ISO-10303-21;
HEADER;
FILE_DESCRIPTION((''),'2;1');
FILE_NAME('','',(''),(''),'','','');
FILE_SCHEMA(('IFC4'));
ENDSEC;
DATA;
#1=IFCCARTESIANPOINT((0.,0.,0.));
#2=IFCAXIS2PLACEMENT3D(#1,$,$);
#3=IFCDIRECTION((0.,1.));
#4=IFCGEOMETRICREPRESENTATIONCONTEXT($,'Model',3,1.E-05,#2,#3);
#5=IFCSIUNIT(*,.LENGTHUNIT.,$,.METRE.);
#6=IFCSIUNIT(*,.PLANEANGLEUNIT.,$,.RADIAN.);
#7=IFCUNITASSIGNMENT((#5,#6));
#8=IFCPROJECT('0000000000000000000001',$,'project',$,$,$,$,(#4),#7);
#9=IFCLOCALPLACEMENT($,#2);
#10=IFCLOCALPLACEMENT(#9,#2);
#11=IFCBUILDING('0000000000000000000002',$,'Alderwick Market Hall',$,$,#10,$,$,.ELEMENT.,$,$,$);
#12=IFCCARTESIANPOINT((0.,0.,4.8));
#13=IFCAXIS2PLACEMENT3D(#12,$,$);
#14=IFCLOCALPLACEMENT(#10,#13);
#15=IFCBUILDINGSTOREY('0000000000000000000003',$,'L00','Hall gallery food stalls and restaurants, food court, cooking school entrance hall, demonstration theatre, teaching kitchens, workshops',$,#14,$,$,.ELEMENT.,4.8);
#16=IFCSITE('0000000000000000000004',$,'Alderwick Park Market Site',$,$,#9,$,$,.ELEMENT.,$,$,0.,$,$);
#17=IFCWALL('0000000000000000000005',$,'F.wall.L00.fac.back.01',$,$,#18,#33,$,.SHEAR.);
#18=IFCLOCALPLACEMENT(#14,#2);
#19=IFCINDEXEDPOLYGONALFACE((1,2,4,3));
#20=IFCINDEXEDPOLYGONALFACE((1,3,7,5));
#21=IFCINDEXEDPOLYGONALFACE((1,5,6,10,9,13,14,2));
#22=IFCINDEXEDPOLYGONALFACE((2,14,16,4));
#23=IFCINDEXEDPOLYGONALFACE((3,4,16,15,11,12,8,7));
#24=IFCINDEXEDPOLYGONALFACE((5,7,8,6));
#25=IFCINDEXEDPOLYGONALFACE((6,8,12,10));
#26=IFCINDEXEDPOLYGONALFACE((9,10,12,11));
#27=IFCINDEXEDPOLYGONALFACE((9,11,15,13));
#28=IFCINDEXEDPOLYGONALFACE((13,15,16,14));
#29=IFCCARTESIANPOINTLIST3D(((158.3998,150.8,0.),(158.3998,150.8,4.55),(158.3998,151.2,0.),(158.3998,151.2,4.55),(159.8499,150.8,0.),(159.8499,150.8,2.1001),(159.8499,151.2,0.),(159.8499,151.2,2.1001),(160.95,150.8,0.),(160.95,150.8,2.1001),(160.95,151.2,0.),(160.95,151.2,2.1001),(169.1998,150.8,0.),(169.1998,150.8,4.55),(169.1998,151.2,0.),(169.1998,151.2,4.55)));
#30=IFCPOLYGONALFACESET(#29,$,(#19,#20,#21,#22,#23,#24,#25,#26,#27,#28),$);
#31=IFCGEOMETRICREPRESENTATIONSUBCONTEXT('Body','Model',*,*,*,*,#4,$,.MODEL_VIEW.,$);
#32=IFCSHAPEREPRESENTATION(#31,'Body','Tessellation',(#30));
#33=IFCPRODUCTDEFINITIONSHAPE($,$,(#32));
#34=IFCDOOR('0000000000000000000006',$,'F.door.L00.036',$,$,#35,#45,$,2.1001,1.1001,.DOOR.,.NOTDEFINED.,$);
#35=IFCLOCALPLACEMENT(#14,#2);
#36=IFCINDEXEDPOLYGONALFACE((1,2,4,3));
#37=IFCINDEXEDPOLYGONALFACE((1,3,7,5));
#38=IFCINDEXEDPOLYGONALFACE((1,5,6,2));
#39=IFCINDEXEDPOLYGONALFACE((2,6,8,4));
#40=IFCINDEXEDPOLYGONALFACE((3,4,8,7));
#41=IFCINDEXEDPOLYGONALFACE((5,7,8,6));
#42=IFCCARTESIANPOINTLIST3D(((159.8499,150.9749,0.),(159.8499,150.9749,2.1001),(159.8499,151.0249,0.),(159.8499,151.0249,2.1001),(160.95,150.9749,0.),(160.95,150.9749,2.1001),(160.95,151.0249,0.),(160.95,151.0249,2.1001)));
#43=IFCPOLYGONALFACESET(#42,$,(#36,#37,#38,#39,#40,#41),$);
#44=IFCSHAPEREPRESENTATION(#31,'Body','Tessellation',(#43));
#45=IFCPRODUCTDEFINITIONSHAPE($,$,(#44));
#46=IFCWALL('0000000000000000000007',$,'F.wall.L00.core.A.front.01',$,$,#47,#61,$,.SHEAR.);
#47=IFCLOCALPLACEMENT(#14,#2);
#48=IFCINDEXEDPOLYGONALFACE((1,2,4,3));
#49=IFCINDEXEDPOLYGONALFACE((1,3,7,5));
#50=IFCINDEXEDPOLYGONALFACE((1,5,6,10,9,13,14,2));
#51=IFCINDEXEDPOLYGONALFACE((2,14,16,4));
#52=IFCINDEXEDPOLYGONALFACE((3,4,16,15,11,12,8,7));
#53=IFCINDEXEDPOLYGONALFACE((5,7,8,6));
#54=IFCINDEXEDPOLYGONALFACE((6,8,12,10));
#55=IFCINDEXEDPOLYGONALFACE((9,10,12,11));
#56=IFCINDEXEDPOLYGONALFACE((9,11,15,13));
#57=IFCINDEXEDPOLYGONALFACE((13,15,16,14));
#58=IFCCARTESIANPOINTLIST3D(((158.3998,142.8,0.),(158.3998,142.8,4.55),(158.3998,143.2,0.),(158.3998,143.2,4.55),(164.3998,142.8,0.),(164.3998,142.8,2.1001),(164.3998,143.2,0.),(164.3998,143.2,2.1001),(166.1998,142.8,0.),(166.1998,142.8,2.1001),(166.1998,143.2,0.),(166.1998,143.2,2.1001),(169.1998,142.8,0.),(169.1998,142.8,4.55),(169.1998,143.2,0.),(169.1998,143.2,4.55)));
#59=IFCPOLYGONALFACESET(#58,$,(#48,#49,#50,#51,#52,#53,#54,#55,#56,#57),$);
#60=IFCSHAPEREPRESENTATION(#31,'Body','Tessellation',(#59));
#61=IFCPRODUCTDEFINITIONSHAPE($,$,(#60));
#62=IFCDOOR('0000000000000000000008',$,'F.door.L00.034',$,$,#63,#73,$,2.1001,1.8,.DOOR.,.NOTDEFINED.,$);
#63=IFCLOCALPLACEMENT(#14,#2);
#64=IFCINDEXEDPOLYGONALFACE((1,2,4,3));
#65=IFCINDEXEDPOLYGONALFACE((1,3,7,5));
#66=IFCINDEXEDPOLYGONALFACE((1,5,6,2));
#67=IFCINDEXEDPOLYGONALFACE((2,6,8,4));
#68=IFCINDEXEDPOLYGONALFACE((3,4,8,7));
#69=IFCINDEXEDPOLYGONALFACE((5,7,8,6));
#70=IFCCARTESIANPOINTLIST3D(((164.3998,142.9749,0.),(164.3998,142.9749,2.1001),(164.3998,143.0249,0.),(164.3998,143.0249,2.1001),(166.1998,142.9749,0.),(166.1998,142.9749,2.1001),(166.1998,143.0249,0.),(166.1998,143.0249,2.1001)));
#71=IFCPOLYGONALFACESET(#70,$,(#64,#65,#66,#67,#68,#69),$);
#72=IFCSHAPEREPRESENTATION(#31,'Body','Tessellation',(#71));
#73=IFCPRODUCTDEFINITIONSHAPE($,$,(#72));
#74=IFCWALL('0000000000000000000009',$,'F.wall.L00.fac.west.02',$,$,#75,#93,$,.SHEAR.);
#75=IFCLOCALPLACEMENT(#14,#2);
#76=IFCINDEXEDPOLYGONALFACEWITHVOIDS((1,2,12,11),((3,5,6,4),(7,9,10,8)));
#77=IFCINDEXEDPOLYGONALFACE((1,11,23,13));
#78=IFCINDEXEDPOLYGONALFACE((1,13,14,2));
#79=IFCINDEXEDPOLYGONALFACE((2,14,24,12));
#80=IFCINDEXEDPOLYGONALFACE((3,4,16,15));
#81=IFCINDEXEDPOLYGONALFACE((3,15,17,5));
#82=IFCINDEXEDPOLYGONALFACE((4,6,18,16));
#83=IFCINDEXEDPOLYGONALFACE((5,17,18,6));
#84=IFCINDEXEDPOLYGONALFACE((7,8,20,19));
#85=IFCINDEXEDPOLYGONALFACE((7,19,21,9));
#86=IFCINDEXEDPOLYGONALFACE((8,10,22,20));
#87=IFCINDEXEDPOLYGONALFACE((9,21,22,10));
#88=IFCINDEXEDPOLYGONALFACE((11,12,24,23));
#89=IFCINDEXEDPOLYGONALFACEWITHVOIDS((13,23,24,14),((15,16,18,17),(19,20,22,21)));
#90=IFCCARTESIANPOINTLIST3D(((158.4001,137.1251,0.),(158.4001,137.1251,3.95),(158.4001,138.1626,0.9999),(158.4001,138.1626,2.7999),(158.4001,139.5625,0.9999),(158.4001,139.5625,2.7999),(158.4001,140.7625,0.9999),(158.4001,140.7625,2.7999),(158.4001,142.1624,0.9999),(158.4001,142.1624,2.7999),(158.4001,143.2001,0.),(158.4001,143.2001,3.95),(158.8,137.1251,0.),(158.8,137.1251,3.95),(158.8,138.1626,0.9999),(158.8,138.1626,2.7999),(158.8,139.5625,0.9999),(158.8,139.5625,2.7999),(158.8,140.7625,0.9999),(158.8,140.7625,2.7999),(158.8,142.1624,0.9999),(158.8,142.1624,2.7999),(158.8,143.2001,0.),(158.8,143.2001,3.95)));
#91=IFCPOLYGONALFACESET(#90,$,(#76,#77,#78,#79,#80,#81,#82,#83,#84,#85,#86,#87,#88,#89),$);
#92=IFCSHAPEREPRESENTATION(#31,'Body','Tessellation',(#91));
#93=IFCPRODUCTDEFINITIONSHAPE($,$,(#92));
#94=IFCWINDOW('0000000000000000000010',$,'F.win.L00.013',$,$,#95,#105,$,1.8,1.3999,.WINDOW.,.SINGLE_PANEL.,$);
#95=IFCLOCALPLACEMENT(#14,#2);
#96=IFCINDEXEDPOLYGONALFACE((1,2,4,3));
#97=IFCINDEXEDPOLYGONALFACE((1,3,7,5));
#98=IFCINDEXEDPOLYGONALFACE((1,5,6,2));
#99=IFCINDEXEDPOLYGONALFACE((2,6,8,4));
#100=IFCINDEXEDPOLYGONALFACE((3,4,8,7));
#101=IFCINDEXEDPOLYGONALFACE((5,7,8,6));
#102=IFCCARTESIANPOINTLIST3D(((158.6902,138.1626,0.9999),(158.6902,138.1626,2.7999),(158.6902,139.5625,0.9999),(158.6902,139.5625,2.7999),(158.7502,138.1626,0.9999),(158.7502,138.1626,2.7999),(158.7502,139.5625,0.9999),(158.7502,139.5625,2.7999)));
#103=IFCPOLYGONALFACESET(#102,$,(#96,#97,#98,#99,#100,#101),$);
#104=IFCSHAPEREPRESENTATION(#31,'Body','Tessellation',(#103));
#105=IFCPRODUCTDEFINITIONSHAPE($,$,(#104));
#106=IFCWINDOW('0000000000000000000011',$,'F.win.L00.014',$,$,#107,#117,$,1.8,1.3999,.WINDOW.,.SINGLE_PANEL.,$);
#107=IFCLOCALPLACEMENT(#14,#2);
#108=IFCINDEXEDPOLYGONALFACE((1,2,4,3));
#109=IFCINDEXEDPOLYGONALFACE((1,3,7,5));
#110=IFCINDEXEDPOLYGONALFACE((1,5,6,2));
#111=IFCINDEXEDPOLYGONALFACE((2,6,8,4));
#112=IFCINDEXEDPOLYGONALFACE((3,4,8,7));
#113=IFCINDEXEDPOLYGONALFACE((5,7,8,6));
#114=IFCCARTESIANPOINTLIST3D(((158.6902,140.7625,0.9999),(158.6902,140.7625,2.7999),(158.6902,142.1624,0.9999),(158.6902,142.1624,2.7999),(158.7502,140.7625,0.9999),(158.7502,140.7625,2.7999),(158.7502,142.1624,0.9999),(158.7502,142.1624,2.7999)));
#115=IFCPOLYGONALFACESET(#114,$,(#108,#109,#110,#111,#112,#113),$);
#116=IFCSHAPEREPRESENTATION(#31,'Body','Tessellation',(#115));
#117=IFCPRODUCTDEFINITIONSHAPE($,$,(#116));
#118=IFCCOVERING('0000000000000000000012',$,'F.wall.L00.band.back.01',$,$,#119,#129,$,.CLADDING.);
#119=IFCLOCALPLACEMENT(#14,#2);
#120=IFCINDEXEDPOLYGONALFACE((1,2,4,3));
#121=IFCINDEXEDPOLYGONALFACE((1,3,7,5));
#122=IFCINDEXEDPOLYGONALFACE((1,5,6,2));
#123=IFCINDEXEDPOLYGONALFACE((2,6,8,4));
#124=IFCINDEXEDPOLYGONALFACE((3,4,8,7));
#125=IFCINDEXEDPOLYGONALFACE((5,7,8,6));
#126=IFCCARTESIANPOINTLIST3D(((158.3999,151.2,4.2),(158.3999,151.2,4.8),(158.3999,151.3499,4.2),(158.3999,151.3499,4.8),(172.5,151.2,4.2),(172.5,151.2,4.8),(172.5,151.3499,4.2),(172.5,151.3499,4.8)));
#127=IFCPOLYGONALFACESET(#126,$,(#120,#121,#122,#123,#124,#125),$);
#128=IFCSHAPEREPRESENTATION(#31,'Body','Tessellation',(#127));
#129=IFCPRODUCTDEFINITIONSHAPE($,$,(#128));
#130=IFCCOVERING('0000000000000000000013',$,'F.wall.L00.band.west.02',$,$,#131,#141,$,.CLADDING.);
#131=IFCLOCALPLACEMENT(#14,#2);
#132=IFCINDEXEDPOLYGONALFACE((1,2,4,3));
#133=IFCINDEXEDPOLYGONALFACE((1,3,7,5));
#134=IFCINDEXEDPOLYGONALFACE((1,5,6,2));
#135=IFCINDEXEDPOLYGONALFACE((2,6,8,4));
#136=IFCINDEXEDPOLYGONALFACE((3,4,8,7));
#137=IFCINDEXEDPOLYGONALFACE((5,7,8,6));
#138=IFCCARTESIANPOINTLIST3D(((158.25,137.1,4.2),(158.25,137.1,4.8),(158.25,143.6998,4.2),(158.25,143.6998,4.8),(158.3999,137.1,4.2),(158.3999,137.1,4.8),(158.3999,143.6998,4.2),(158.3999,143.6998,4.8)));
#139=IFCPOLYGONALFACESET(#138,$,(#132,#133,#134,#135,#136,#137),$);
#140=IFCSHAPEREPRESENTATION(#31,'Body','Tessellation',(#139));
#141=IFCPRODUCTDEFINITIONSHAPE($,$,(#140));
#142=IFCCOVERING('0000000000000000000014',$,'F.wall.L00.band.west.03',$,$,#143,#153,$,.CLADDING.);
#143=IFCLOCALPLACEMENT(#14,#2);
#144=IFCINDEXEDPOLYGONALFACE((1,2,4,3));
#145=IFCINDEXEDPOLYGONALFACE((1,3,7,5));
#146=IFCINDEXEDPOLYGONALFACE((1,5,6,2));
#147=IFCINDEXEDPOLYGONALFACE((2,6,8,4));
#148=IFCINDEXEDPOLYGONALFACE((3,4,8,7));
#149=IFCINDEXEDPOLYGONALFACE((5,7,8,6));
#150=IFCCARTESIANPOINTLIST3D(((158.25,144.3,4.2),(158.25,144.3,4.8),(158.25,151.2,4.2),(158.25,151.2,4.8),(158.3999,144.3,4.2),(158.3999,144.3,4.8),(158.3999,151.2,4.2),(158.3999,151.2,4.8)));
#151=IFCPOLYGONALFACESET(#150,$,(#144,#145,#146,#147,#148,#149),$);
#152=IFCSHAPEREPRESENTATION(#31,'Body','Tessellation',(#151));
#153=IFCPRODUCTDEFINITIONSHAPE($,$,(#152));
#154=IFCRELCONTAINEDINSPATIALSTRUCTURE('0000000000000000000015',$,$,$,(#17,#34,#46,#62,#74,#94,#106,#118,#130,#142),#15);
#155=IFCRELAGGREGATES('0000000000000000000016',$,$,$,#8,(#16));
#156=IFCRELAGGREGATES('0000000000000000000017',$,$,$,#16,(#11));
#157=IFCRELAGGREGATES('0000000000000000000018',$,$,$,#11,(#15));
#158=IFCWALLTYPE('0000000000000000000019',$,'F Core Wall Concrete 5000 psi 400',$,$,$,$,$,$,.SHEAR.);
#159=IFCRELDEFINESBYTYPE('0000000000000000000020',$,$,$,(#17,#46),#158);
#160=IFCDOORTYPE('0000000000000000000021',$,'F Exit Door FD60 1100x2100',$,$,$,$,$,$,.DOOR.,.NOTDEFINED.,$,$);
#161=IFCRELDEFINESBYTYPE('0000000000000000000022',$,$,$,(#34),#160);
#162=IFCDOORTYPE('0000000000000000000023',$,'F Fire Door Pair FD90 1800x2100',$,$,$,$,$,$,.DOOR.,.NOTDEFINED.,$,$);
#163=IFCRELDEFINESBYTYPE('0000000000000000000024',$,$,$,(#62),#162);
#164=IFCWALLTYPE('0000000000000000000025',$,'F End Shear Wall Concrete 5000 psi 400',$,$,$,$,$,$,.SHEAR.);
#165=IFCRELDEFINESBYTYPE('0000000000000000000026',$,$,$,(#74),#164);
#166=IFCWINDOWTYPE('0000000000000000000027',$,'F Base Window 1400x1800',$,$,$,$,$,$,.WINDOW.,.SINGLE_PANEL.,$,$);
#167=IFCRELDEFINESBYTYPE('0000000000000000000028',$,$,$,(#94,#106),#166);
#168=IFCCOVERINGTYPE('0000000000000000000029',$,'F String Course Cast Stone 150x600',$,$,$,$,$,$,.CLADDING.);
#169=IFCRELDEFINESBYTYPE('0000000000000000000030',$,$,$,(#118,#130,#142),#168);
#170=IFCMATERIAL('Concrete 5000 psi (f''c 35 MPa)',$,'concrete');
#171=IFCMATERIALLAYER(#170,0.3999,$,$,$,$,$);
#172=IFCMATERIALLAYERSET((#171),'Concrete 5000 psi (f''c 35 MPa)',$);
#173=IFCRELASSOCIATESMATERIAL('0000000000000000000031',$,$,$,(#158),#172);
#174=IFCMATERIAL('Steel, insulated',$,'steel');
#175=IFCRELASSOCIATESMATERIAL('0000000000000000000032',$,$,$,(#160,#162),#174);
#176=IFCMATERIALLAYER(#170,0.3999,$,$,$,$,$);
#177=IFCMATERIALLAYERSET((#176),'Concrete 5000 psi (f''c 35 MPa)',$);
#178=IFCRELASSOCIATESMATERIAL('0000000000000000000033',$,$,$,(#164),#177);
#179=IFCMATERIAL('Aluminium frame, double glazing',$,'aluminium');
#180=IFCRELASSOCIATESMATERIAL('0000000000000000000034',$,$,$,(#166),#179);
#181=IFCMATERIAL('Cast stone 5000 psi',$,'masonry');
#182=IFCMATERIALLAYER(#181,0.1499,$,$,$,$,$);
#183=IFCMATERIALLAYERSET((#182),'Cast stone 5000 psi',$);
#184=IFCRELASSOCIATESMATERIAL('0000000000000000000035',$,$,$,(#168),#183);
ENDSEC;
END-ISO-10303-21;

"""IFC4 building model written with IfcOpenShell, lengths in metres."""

from ifc_helpers import new_model, si_unit, direction, frame, frame_2d, origin, place, context, subcontext, project, spatial, rectangle, extrude, material, layer, layer_set, type_object, element, fill, save


model = new_model("IFC4")

# Units and contexts
model_context = context("Model", 3, precision=1e-05, world=origin(), true_north=direction((0.0, 1.0)))
body_context = subcontext(model_context, "Body", "Model", "MODEL_VIEW")
ifc_project = project(units=[si_unit("LENGTHUNIT", "METRE"), si_unit("PLANEANGLEUNIT", "RADIAN")], contexts=[model_context])

# Site, building, storey
site_placement = place(None, origin())
site = spatial("IfcSite", under=ifc_project, at=site_placement, Name="Alderwick Park Market Site", CompositionType="ELEMENT", RefElevation=0.0)
building_placement = place(site_placement, origin())
building = spatial("IfcBuilding", under=site, at=building_placement, Name="Alderwick Market Hall", CompositionType="ELEMENT")
storey_placement = place(building_placement, frame((0.0, 0.0, 4.8)))
storey = spatial("IfcBuildingStorey", under=building, at=storey_placement, Name="L00", Description="Hall gallery food stalls and restaurants, food court, cooking school entrance hall, demonstration theatre, teaching kitchens, workshops", CompositionType="ELEMENT", Elevation=4.8)

# Shared definitions
ifc_material_1 = material(Name="Concrete 5000 psi (f'c 35 MPa)", Category="concrete")

# Shared definitions
ifc_layer_1 = layer(ifc_material_1, 0.3999)
ifc_layer_set_1 = layer_set([ifc_layer_1], Name="Concrete 5000 psi (f'c 35 MPa)")
wall_type_1 = type_object("IfcWallType", Name="F Core Wall Concrete 5000 psi 400", PredefinedType="SHEAR", material=ifc_layer_set_1)

# Walls, openings, doors
wall_1_placement = place(storey_placement, frame((158.3999, 151.0, 0.0), z_axis=(0.0, 0.0, 1.0), x_axis=(1.0, 0.0, 0.0)))
wall_1 = element("IfcWall", 1, at=wall_1_placement, inside=storey, type_object=wall_type_1, Name="F.wall.L00.fac.back.01", PredefinedType="SHEAR", context=body_context, shape_type="SweptSolid", body=[
    extrude(rectangle(XDim=10.8, YDim=0.3999, at=frame_2d((5.3999, 0.0))), origin(), (0.0, 0.0, 1.0), 4.55),
])
opening_1_placement = place(wall_1_placement, frame((1.45, 0.0, 0.0)))
opening_1 = element("IfcOpeningElement", 2, at=opening_1_placement, cuts=wall_1, PredefinedType="OPENING", context=body_context, shape_type="SweptSolid", body=[
    extrude(rectangle(XDim=1.1001, YDim=2.1001, at=frame_2d((0.55, 1.05))), frame((0.0, 0.21, 0.0), z_axis=(0.0, -1.0, 0.0), x_axis=(1.0, 0.0, 0.0)), (0.0, 0.0, 1.0), 0.4199),
])
ifc_material_2 = material(Name="Steel, insulated", Category="steel")
door_type_1 = type_object("IfcDoorType", Name="F Exit Door FD60 1100x2100", OperationType="NOTDEFINED", PredefinedType="DOOR", material=ifc_material_2)
door_1_placement = place(opening_1_placement, origin())
door_1 = element("IfcDoor", 3, at=door_1_placement, inside=storey, type_object=door_type_1, Name="F.door.L00.036", OperationType="NOTDEFINED", OverallHeight=2.1001, OverallWidth=1.1001, PredefinedType="DOOR", context=body_context, shape_type="SweptSolid", body=[
    extrude(rectangle(XDim=1.1001, YDim=2.1001, at=frame_2d((0.55, 1.05))), frame((0.0, 0.0249, 0.0), z_axis=(0.0, -1.0, 0.0), x_axis=(1.0, 0.0, 0.0)), (0.0, 0.0, 1.0), 0.05),
])
fill(opening_1, door_1)
wall_2_placement = place(storey_placement, frame((158.3999, 143.0, 0.0), z_axis=(0.0, 0.0, 1.0), x_axis=(1.0, 0.0, 0.0)))
wall_2 = element("IfcWall", 4, at=wall_2_placement, inside=storey, type_object=wall_type_1, Name="F.wall.L00.core.A.front.01", PredefinedType="SHEAR", context=body_context, shape_type="SweptSolid", body=[
    extrude(rectangle(XDim=10.8, YDim=0.3999, at=frame_2d((5.3999, 0.0))), origin(), (0.0, 0.0, 1.0), 4.55),
])
opening_2_placement = place(wall_2_placement, frame((6.0, 0.0, 0.0)))
opening_2 = element("IfcOpeningElement", 5, at=opening_2_placement, cuts=wall_2, PredefinedType="OPENING", context=body_context, shape_type="SweptSolid", body=[
    extrude(rectangle(XDim=1.8, YDim=2.1001, at=frame_2d((0.8999, 1.05))), frame((0.0, 0.21, 0.0), z_axis=(0.0, -1.0, 0.0), x_axis=(1.0, 0.0, 0.0)), (0.0, 0.0, 1.0), 0.4199),
])
door_type_2 = type_object("IfcDoorType", Name="F Fire Door Pair FD90 1800x2100", OperationType="NOTDEFINED", PredefinedType="DOOR", material=ifc_material_2)
door_2_placement = place(opening_2_placement, origin())
door_2 = element("IfcDoor", 6, at=door_2_placement, inside=storey, type_object=door_type_2, Name="F.door.L00.034", OperationType="NOTDEFINED", OverallHeight=2.1001, OverallWidth=1.8, PredefinedType="DOOR", context=body_context, shape_type="SweptSolid", body=[
    extrude(rectangle(XDim=1.8, YDim=2.1001, at=frame_2d((0.8999, 1.05))), frame((0.0, 0.0249, 0.0), z_axis=(0.0, -1.0, 0.0), x_axis=(1.0, 0.0, 0.0)), (0.0, 0.0, 1.0), 0.05),
])
fill(opening_2, door_2)

# Wall, openings, windows
ifc_layer_2 = layer(ifc_material_1, 0.3999)
ifc_layer_set_2 = layer_set([ifc_layer_2], Name="Concrete 5000 psi (f'c 35 MPa)")
wall_type_2 = type_object("IfcWallType", Name="F End Shear Wall Concrete 5000 psi 400", PredefinedType="SHEAR", material=ifc_layer_set_2)
wall_3_placement = place(storey_placement, frame((158.6001, 137.125, 0.0), z_axis=(0.0, 0.0, 1.0), x_axis=(0.0, 1.0, 0.0)))
wall_3 = element("IfcWall", 7, at=wall_3_placement, inside=storey, type_object=wall_type_2, Name="F.wall.L00.fac.west.02", PredefinedType="SHEAR", context=body_context, shape_type="SweptSolid", body=[
    extrude(rectangle(XDim=6.075, YDim=0.3999, at=frame_2d((3.0376, 0.0))), origin(), (0.0, 0.0, 1.0), 3.95),
])
opening_3_placement = place(wall_3_placement, frame((1.0376, 0.0, 1.0)))
opening_3 = element("IfcOpeningElement", 8, at=opening_3_placement, cuts=wall_3, PredefinedType="OPENING", context=body_context, shape_type="SweptSolid", body=[
    extrude(rectangle(XDim=1.3999, YDim=1.8, at=frame_2d((0.7, 0.8999))), frame((0.0, 0.21, 0.0), z_axis=(0.0, -1.0, 0.0), x_axis=(1.0, 0.0, 0.0)), (0.0, 0.0, 1.0), 0.4199),
])
opening_4_placement = place(wall_3_placement, frame((3.6375, 0.0, 1.0)))
opening_4 = element("IfcOpeningElement", 9, at=opening_4_placement, cuts=wall_3, PredefinedType="OPENING", context=body_context, shape_type="SweptSolid", body=[
    extrude(rectangle(XDim=1.3999, YDim=1.8, at=frame_2d((0.7, 0.8999))), frame((0.0, 0.21, 0.0), z_axis=(0.0, -1.0, 0.0), x_axis=(1.0, 0.0, 0.0)), (0.0, 0.0, 1.0), 0.4199),
])
ifc_material_3 = material(Name="Aluminium frame, double glazing", Category="aluminium")
window_type = type_object("IfcWindowType", Name="F Base Window 1400x1800", PartitioningType="SINGLE_PANEL", PredefinedType="WINDOW", material=ifc_material_3)
window_1_placement = place(opening_3_placement, origin())
window_1 = element("IfcWindow", 10, at=window_1_placement, inside=storey, type_object=window_type, Name="F.win.L00.013", OverallHeight=1.8, OverallWidth=1.3999, PartitioningType="SINGLE_PANEL", PredefinedType="WINDOW", context=body_context, shape_type="SweptSolid", body=[
    extrude(rectangle(XDim=1.3999, YDim=1.8, at=frame_2d((0.7, 0.8999))), frame((0.0, -0.0901, 0.0), z_axis=(0.0, -1.0, 0.0), x_axis=(1.0, 0.0, 0.0)), (0.0, 0.0, 1.0), 0.0601),
])
fill(opening_3, window_1)
window_2_placement = place(opening_4_placement, origin())
window_2 = element("IfcWindow", 11, at=window_2_placement, inside=storey, type_object=window_type, Name="F.win.L00.014", OverallHeight=1.8, OverallWidth=1.3999, PartitioningType="SINGLE_PANEL", PredefinedType="WINDOW", context=body_context, shape_type="SweptSolid", body=[
    extrude(rectangle(XDim=1.3999, YDim=1.8, at=frame_2d((0.7, 0.8999))), frame((0.0, -0.0901, 0.0), z_axis=(0.0, -1.0, 0.0), x_axis=(1.0, 0.0, 0.0)), (0.0, 0.0, 1.0), 0.0601),
])
fill(opening_4, window_2)

# Coverings
ifc_material_4 = material(Name="Cast stone 5000 psi", Category="masonry")
ifc_layer_3 = layer(ifc_material_4, 0.1499)
ifc_layer_set_3 = layer_set([ifc_layer_3], Name="Cast stone 5000 psi")
covering_type = type_object("IfcCoveringType", Name="F String Course Cast Stone 150x600", PredefinedType="CLADDING", material=ifc_layer_set_3)
covering_1_placement = place(storey_placement, frame((158.3999, 151.2749, 4.2), z_axis=(0.0, 0.0, 1.0), x_axis=(1.0, 0.0, 0.0)))
element("IfcCovering", 12, at=covering_1_placement, inside=storey, type_object=covering_type, Name="F.wall.L00.band.back.01", PredefinedType="CLADDING", context=body_context, shape_type="SweptSolid", body=[
    extrude(rectangle(XDim=14.1001, YDim=0.1499, at=frame_2d((7.05, 0.0))), origin(), (0.0, 0.0, 1.0), 0.6001),
])
covering_2_placement = place(storey_placement, frame((158.325, 137.1001, 4.2), z_axis=(0.0, 0.0, 1.0), x_axis=(0.0, 1.0, 0.0)))
element("IfcCovering", 13, at=covering_2_placement, inside=storey, type_object=covering_type, Name="F.wall.L00.band.west.02", PredefinedType="CLADDING", context=body_context, shape_type="SweptSolid", body=[
    extrude(rectangle(XDim=6.5999, YDim=0.1499, at=frame_2d((3.2998, 0.0))), origin(), (0.0, 0.0, 1.0), 0.6001),
])
covering_3_placement = place(storey_placement, frame((158.325, 144.3, 4.2), z_axis=(0.0, 0.0, 1.0), x_axis=(0.0, 1.0, 0.0)))
element("IfcCovering", 14, at=covering_3_placement, inside=storey, type_object=covering_type, Name="F.wall.L00.band.west.03", PredefinedType="CLADDING", context=body_context, shape_type="SweptSolid", body=[
    extrude(rectangle(XDim=6.8999, YDim=0.1499, at=frame_2d((3.45, 0.0))), origin(), (0.0, 0.0, 1.0), 0.6001),
])

save(model, "model.ifc")
